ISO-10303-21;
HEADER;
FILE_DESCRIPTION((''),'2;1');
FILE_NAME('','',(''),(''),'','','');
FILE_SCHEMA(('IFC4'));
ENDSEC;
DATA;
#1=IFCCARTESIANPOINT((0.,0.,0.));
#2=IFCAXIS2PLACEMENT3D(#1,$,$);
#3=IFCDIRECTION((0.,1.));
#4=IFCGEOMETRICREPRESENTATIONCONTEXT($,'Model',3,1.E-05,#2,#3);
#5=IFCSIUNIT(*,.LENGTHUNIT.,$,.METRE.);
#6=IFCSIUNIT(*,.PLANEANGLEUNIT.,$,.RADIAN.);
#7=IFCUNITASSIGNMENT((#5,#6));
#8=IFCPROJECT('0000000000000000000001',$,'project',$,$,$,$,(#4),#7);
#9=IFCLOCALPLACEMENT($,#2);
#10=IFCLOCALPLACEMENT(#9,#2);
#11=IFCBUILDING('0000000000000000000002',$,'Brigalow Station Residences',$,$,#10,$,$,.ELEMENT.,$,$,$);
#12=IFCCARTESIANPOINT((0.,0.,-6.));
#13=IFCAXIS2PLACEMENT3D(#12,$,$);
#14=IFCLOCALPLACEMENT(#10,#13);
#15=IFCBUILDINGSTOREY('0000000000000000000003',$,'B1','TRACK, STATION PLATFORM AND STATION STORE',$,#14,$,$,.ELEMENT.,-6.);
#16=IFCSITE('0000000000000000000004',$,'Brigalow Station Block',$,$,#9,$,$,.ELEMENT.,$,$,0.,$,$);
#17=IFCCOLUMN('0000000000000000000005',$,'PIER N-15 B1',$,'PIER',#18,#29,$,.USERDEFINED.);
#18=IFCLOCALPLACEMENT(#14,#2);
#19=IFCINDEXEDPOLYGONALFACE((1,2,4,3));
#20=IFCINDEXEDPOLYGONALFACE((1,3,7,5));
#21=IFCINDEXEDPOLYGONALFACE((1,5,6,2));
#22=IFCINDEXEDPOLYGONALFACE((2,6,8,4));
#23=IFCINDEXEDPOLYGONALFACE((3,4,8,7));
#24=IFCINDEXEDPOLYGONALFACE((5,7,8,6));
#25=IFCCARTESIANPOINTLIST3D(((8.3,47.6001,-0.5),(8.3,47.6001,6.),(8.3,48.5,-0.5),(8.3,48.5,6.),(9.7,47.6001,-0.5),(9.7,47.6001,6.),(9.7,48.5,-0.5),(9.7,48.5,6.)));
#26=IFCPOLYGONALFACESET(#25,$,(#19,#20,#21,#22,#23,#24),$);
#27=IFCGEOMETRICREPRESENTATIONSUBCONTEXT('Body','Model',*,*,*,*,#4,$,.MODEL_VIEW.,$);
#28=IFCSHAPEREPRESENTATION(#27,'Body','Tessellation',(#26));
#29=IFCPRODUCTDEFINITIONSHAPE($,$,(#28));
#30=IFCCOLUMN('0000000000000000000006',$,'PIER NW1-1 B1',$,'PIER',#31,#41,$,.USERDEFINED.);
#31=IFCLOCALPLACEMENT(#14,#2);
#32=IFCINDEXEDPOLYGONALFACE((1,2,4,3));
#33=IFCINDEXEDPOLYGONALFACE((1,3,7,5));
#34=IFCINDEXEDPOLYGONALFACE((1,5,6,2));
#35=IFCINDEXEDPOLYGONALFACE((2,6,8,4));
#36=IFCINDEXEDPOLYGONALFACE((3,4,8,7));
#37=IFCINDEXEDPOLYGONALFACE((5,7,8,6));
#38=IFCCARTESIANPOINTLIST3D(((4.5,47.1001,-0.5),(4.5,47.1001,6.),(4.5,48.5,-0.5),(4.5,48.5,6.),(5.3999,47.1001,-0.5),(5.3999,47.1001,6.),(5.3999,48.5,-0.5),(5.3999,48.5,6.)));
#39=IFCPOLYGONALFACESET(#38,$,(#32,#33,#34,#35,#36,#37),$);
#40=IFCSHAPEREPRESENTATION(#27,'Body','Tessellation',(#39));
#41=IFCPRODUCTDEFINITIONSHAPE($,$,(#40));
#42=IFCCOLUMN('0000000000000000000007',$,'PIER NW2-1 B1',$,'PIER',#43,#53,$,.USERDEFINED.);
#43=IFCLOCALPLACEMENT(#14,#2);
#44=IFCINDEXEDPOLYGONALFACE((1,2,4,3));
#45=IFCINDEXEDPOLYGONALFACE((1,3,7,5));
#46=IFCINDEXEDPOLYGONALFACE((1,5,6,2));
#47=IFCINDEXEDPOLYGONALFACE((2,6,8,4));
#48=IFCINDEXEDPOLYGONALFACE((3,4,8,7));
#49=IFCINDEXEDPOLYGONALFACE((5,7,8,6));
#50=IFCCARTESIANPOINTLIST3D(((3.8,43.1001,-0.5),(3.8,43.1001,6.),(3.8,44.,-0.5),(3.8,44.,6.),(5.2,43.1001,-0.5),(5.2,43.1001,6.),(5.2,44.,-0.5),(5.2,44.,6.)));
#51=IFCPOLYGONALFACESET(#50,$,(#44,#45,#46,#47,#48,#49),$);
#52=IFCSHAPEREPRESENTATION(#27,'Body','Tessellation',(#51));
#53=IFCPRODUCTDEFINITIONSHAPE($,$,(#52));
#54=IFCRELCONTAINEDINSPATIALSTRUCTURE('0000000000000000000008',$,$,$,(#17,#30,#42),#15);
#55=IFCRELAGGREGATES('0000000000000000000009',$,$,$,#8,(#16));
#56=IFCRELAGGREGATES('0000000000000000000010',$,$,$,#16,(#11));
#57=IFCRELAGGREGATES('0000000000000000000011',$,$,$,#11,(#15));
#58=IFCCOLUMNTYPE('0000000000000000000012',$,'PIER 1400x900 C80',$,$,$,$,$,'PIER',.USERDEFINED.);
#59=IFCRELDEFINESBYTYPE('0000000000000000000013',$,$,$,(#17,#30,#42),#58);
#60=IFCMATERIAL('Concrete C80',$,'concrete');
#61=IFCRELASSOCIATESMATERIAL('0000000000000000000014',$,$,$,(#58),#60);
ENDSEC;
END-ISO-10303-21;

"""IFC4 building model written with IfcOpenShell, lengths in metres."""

from ifc_helpers import new_model, si_unit, direction, frame, origin, origin_2d, place, context, subcontext, project, spatial, rectangle, extrude, material, material_profile, profile_set, type_object, element, save


model = new_model("IFC4")

# Units and contexts
model_context = context("Model", 3, precision=1e-05, world=origin(), true_north=direction((0.0, 1.0)))
body_context = subcontext(model_context, "Body", "Model", "MODEL_VIEW")
ifc_project = project(units=[si_unit("LENGTHUNIT", "METRE"), si_unit("PLANEANGLEUNIT", "RADIAN")], contexts=[model_context])

# Site, building, storey
site_placement = place(None, origin())
site = spatial("IfcSite", under=ifc_project, at=site_placement, Name="Brigalow Station Block", CompositionType="ELEMENT", RefElevation=0.0)
building_placement = place(site_placement, origin())
building = spatial("IfcBuilding", under=site, at=building_placement, Name="Brigalow Station Residences", CompositionType="ELEMENT")
storey_placement = place(building_placement, frame((0.0, 0.0, -6.0)))
storey = spatial("IfcBuildingStorey", under=building, at=storey_placement, Name="B1", Description="TRACK, STATION PLATFORM AND STATION STORE", CompositionType="ELEMENT", Elevation=-6.0)

# Columns
ifc_material_1 = material(Name="Concrete C80", Category="concrete")
ifc_material_profile_1 = material_profile(ifc_material_1, rectangle(XDim=1.3999, YDim=0.8999, at=origin_2d()), Name="RC1400x900")
ifc_profile_set_1 = profile_set([ifc_material_profile_1], Name="Concrete C80")
column_type_1 = type_object("IfcColumnType", Name="PIER 1400x900 C80", ElementType="PIER", PredefinedType="USERDEFINED", material=ifc_profile_set_1)
for number, where, z_axis, x_axis, name in (
    (1, (9.0, 48.05, -0.5), (0.0, 0.0, 1.0), (-1.0, 0.0, 0.0), "PIER N-15 B1"),
    (2, (4.95, 47.8, -0.5), (0.0, 0.0, 1.0), (0.0, -1.0, 0.0), "PIER NW1-1 B1"),
    (3, (4.5, 43.55, -0.5), (0.0, 0.0, 1.0), (-1.0, 0.0, 0.0), "PIER NW2-1 B1"),
):
    element("IfcColumn", number, at=place(storey_placement, frame(where, z_axis=z_axis, x_axis=x_axis)), inside=storey, type_object=column_type_1, Name=name, ObjectType="PIER", PredefinedType="USERDEFINED", context=body_context, shape_type="SweptSolid", body=[
        extrude(rectangle(XDim=1.3999, YDim=0.8999, at=origin_2d()), origin(), (0.0, 0.0, 1.0), 6.5),
    ])

save(model, "model.ifc")
